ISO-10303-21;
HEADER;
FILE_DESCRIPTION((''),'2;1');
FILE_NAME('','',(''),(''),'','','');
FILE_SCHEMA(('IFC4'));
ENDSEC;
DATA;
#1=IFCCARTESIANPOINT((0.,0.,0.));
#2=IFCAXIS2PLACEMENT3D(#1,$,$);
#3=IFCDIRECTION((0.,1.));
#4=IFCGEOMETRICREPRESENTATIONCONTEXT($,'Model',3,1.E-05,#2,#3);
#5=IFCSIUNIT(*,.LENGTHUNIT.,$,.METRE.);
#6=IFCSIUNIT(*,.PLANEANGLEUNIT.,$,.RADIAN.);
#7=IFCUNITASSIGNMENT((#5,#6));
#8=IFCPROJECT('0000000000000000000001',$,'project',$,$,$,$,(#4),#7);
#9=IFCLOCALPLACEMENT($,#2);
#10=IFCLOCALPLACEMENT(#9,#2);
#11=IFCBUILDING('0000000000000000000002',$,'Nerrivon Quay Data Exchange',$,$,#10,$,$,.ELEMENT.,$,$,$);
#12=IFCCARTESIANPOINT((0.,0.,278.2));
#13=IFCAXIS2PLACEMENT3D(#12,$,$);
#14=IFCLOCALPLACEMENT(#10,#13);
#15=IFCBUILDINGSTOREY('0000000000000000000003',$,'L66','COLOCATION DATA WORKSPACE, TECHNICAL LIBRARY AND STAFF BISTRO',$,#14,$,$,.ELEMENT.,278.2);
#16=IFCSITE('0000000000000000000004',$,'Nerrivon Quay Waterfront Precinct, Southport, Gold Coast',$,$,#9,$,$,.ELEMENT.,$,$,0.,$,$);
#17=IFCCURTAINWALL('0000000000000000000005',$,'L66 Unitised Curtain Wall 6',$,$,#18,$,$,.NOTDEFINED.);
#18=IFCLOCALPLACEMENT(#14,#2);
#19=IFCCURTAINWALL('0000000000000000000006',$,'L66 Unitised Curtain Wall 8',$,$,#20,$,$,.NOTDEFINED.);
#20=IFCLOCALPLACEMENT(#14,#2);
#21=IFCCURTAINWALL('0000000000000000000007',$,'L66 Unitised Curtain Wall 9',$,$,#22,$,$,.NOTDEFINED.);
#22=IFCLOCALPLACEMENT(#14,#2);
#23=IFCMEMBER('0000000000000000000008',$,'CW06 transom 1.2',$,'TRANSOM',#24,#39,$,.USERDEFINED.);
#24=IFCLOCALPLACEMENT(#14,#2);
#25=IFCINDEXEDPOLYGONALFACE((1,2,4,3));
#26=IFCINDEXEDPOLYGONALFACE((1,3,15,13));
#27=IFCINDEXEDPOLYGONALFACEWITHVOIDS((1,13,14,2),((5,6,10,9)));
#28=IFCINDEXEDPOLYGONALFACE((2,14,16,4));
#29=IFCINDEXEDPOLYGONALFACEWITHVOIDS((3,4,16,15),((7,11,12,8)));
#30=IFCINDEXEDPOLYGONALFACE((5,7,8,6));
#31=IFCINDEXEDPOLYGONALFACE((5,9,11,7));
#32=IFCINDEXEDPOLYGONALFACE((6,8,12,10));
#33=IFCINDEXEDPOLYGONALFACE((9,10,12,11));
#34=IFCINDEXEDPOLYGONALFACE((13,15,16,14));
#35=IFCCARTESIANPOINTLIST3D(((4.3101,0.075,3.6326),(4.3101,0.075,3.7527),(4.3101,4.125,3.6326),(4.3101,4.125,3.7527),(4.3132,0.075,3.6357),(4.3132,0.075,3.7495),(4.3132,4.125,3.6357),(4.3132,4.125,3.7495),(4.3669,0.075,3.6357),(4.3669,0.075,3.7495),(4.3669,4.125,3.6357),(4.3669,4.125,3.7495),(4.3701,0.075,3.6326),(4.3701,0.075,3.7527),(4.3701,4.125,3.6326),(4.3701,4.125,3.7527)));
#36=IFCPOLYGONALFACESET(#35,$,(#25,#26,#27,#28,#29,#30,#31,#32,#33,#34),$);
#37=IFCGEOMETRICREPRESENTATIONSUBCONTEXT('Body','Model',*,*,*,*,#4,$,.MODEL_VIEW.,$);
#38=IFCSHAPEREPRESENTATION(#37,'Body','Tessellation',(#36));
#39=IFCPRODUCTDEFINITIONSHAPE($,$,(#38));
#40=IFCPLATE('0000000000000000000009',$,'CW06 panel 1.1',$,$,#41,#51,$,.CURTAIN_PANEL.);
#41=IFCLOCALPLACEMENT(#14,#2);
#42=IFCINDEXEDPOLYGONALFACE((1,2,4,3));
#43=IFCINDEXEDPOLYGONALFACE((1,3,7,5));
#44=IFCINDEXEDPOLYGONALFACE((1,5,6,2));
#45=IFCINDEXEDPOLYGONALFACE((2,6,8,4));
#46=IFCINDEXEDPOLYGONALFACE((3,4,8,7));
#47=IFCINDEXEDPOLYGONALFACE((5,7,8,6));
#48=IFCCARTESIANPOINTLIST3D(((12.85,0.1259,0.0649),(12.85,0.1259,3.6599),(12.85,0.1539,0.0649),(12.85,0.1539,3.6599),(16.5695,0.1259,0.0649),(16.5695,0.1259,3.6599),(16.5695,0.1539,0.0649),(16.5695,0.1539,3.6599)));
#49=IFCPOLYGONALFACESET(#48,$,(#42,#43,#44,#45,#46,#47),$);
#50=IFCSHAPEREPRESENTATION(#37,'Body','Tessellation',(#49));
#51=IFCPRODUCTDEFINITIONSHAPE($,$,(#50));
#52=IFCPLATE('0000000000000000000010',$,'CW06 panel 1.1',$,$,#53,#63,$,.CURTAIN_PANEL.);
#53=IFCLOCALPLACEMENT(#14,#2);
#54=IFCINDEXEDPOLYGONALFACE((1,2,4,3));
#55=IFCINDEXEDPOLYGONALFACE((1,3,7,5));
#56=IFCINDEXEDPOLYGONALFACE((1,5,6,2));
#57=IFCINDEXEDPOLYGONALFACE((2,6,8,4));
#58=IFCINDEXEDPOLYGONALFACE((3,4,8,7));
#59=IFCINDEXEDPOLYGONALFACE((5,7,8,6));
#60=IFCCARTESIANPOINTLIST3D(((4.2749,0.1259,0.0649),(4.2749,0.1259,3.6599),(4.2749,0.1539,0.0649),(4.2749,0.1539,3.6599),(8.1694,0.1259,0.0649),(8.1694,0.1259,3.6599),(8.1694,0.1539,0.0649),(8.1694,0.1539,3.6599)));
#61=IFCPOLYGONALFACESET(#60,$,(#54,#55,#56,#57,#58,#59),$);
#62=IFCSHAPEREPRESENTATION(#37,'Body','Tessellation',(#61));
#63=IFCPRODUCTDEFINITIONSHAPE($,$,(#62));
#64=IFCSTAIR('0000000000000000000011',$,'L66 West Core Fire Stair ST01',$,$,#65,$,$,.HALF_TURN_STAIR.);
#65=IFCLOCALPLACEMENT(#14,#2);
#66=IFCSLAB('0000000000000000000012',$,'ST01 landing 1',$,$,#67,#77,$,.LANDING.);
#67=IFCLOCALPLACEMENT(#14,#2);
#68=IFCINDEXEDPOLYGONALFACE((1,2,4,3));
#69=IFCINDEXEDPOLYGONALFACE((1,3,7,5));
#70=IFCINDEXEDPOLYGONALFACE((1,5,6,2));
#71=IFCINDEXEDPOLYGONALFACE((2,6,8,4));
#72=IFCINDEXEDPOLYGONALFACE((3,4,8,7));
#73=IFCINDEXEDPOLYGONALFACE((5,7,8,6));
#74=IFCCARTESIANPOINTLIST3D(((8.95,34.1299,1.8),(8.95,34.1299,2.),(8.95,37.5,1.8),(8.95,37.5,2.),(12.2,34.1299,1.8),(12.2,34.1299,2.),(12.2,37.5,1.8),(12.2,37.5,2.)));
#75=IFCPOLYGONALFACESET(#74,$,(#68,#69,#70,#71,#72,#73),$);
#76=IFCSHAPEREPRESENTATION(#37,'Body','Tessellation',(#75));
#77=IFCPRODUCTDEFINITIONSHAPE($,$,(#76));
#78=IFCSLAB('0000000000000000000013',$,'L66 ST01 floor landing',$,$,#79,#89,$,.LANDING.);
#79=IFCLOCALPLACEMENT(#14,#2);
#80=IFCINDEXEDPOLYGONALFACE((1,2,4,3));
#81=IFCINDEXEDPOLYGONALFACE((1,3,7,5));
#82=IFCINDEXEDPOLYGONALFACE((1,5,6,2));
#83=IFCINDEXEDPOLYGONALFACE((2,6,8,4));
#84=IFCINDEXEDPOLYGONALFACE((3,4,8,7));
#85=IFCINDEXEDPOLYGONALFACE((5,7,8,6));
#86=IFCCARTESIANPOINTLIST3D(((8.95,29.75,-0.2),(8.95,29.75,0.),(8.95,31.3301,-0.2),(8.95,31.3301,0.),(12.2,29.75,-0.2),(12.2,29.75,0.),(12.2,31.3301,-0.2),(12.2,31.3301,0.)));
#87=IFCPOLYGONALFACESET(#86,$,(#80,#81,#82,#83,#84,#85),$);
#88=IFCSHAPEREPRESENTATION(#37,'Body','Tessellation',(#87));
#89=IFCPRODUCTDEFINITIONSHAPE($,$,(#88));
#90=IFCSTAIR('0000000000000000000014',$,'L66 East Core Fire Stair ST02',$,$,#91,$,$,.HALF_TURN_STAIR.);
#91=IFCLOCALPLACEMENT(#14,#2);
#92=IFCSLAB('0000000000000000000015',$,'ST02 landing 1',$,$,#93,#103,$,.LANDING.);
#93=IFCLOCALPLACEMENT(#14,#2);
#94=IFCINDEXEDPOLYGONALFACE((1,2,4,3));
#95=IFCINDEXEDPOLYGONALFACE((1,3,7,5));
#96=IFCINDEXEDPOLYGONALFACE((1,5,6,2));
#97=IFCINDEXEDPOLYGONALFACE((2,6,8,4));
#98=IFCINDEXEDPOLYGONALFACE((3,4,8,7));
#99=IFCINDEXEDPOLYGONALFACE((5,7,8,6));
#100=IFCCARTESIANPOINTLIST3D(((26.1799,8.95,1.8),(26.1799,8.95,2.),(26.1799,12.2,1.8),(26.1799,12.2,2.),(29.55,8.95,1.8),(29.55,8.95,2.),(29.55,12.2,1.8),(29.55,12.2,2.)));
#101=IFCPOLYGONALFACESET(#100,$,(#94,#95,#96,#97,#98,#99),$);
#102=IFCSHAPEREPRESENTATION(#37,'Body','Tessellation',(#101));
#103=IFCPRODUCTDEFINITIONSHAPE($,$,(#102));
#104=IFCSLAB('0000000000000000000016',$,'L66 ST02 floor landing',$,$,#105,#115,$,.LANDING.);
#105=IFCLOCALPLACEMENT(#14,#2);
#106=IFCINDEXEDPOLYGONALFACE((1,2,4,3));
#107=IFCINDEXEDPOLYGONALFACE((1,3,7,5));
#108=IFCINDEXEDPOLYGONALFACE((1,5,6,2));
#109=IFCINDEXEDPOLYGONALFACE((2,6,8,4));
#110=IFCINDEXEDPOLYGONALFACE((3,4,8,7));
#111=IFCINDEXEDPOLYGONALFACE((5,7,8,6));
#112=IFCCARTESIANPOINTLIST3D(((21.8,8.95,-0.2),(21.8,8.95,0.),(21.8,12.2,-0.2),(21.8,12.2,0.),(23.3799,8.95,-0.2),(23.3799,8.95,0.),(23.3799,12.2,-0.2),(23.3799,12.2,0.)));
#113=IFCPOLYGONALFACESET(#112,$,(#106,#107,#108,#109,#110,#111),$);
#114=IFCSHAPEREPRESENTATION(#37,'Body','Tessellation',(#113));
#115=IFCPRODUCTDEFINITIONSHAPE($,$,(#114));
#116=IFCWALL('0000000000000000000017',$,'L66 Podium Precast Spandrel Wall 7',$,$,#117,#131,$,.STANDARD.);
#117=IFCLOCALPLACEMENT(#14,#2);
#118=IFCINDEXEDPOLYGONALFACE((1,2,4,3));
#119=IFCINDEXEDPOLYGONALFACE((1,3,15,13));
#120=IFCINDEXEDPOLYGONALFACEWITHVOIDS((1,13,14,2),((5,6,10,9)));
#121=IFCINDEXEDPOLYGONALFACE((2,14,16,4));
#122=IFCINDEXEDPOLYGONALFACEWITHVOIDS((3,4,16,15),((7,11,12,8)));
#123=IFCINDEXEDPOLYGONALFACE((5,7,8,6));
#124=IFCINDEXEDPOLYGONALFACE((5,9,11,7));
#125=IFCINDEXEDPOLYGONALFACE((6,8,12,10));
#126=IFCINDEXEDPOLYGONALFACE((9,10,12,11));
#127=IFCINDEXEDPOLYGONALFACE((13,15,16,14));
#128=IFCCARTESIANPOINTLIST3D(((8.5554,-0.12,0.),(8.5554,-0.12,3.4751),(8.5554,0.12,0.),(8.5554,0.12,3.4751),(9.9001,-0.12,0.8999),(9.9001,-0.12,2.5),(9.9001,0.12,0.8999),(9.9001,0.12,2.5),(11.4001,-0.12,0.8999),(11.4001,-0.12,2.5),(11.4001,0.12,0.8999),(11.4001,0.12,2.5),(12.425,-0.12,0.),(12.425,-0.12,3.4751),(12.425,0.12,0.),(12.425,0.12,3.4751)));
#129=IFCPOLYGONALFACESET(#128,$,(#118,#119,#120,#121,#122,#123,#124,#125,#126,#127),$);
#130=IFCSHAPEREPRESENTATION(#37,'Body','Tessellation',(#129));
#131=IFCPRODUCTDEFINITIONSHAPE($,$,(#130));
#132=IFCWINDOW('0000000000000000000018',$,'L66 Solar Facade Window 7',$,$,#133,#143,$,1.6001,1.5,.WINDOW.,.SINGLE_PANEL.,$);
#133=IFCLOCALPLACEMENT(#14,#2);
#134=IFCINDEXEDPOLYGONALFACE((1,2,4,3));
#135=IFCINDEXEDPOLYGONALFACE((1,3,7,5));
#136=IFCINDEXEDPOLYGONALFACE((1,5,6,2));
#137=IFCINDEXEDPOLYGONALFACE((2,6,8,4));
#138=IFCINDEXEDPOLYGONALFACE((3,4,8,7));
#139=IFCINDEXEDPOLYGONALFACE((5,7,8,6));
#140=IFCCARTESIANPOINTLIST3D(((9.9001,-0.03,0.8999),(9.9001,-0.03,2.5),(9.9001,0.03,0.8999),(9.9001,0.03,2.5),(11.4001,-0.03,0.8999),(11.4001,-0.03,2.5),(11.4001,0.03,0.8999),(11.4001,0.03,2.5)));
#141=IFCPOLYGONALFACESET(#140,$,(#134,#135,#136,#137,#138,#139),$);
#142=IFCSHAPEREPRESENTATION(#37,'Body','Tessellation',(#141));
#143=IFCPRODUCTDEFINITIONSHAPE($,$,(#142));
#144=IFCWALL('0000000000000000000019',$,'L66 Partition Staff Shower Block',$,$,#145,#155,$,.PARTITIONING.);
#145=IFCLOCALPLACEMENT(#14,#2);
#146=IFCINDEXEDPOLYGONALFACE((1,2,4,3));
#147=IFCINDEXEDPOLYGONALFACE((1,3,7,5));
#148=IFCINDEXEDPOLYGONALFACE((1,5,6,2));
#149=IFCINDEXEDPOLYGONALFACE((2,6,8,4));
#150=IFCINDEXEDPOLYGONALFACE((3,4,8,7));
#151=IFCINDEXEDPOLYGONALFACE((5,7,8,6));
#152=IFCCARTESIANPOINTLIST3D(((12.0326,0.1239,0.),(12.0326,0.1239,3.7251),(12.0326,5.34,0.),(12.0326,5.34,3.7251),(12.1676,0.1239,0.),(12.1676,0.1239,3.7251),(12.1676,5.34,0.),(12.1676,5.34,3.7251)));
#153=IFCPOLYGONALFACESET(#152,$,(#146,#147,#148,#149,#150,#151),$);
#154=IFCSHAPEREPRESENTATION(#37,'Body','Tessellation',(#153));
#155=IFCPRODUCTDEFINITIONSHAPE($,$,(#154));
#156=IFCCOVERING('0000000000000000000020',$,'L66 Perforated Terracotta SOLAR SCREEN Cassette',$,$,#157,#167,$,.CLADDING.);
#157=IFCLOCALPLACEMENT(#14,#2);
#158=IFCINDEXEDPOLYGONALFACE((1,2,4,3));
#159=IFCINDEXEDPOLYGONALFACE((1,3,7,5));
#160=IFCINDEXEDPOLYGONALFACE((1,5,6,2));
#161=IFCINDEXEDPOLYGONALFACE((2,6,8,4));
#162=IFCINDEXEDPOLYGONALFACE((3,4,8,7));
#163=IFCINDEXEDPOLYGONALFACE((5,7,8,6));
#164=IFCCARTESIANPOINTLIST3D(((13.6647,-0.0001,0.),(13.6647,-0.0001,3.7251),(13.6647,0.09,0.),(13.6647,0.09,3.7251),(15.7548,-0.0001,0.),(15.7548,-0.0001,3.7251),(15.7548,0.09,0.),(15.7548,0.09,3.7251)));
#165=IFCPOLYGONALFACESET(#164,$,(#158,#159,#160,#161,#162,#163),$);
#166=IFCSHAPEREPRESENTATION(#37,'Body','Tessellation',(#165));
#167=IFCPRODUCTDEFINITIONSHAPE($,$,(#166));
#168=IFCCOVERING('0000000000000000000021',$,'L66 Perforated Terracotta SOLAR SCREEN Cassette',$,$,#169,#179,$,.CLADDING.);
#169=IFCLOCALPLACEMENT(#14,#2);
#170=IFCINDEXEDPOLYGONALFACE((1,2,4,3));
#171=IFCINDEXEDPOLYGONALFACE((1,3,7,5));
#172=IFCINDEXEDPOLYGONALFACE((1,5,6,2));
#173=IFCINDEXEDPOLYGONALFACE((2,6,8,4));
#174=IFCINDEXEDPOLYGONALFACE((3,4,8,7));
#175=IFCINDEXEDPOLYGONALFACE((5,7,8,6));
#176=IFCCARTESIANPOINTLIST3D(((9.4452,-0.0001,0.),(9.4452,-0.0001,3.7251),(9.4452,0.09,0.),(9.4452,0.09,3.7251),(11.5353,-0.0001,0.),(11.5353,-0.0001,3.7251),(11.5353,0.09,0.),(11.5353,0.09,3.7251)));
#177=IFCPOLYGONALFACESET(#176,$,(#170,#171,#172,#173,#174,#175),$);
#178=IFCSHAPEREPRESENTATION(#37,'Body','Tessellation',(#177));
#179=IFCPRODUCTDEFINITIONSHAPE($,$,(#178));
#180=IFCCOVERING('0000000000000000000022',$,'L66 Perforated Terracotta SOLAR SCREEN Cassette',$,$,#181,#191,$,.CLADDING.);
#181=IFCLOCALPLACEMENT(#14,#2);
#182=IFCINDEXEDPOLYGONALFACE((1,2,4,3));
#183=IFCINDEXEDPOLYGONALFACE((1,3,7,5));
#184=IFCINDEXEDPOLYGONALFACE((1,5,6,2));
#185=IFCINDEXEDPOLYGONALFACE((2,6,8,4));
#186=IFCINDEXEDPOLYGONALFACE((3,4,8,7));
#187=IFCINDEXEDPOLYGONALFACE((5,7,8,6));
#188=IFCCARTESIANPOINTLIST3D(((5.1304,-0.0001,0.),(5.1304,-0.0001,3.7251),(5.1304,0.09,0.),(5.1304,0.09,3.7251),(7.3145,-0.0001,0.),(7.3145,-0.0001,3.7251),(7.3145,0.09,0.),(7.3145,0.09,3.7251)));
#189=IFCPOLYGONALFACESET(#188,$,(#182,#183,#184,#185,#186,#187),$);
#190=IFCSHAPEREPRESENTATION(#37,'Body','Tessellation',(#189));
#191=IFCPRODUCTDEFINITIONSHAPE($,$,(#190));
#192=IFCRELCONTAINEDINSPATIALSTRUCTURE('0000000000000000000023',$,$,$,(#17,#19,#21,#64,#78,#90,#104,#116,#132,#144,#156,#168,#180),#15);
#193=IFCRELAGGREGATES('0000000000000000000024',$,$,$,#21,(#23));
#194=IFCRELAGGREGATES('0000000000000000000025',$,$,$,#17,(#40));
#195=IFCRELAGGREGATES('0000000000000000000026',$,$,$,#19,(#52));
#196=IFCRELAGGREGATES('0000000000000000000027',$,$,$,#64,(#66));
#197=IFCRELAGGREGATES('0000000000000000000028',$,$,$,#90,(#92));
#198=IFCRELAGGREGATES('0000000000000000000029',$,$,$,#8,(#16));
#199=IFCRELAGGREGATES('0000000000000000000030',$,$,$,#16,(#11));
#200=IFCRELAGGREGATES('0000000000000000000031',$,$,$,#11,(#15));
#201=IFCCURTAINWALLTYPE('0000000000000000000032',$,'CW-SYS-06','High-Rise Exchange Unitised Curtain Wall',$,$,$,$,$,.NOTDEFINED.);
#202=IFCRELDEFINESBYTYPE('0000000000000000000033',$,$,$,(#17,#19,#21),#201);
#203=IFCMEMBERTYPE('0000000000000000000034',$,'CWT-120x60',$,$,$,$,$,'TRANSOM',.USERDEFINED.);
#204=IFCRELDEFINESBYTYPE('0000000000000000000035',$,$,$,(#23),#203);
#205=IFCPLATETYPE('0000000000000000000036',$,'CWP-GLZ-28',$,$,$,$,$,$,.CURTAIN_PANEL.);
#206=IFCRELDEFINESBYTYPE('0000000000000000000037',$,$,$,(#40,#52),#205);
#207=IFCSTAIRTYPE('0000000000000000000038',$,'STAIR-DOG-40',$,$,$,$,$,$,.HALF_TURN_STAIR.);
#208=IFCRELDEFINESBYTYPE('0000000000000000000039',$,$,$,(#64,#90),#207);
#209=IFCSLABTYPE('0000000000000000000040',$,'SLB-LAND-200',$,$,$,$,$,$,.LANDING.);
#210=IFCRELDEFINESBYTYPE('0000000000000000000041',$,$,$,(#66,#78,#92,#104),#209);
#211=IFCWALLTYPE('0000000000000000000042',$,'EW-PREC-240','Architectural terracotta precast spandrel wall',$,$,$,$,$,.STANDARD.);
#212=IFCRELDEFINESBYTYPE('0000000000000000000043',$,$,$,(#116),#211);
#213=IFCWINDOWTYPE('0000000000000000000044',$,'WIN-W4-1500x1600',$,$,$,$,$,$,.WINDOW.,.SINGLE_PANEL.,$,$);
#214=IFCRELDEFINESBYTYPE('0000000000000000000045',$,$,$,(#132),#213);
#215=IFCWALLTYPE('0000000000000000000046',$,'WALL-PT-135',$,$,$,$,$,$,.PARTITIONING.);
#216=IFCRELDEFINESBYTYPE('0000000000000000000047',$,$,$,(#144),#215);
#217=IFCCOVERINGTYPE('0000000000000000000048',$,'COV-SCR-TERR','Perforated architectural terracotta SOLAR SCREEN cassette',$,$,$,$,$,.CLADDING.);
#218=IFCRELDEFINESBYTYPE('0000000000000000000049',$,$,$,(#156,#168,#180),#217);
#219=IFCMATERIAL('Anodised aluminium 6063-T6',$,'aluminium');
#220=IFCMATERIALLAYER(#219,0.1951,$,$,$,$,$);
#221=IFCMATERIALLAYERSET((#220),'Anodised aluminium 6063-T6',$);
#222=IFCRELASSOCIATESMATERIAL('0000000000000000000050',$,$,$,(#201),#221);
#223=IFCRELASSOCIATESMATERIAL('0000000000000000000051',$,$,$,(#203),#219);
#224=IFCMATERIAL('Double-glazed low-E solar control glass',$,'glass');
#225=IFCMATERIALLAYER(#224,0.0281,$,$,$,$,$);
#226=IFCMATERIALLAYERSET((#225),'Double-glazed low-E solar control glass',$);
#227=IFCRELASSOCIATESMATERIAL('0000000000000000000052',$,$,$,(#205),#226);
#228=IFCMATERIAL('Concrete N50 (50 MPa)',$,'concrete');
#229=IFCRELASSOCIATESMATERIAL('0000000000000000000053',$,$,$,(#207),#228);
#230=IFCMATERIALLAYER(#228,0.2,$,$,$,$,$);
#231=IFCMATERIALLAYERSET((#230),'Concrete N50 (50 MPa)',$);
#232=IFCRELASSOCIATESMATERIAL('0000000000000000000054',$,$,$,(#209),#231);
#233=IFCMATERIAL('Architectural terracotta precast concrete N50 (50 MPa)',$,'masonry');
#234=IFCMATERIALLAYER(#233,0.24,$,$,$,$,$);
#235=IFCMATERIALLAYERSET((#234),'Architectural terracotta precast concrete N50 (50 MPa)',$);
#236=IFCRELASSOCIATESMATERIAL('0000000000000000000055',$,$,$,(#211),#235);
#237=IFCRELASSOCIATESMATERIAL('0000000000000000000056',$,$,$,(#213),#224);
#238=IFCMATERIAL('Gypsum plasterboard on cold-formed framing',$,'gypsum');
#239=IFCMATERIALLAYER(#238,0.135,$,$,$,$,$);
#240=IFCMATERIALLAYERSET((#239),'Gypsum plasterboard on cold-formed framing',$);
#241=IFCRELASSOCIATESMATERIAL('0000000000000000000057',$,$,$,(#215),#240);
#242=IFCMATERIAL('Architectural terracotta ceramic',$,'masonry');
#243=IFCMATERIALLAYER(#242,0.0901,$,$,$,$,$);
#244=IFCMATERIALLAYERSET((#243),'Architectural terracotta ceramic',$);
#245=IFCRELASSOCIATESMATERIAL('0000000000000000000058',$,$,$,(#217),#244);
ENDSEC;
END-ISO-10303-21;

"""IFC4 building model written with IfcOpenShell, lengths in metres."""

from ifc_helpers import new_model, si_unit, direction, frame, frame_2d, origin, origin_2d, place, context, subcontext, project, spatial, polyline, rectangle, hollow_rectangle, outline, extrude, material, layer, layer_set, material_profile, profile_set, type_object, element, fill, aggregate, save


model = new_model("IFC4")

# Units and contexts
model_context = context("Model", 3, precision=1e-05, world=origin(), true_north=direction((0.0, 1.0)))
body_context = subcontext(model_context, "Body", "Model", "MODEL_VIEW")
ifc_project = project(units=[si_unit("LENGTHUNIT", "METRE"), si_unit("PLANEANGLEUNIT", "RADIAN")], contexts=[model_context])

# Site, building, storey
site_placement = place(None, origin())
site = spatial("IfcSite", under=ifc_project, at=site_placement, Name="Nerrivon Quay Waterfront Precinct, Southport, Gold Coast", CompositionType="ELEMENT", RefElevation=0.0)
building_placement = place(site_placement, origin())
building = spatial("IfcBuilding", under=site, at=building_placement, Name="Nerrivon Quay Data Exchange", CompositionType="ELEMENT")
storey_placement = place(building_placement, frame((0.0, 0.0, 278.2)))
storey = spatial("IfcBuildingStorey", under=building, at=storey_placement, Name="L66", Description="COLOCATION DATA WORKSPACE, TECHNICAL LIBRARY AND STAFF BISTRO", CompositionType="ELEMENT", Elevation=278.2)

# Curtain wall
ifc_material_1 = material(Name="Anodised aluminium 6063-T6", Category="aluminium")
ifc_layer_1 = layer(ifc_material_1, 0.1951)
ifc_layer_set_1 = layer_set([ifc_layer_1], Name="Anodised aluminium 6063-T6")
curtain_wall_type = type_object("IfcCurtainWallType", Name="CW-SYS-06", Description="High-Rise Exchange Unitised Curtain Wall", PredefinedType="NOTDEFINED", material=ifc_layer_set_1)
curtain_wall_1_placement = place(storey_placement, origin())
curtain_wall_1 = element("IfcCurtainWall", 1, at=curtain_wall_1_placement, inside=storey, type_object=curtain_wall_type, Name="L66 Unitised Curtain Wall 6", PredefinedType="NOTDEFINED")

# Curtain wall
curtain_wall_2_placement = place(storey_placement, origin())
curtain_wall_2 = element("IfcCurtainWall", 2, at=curtain_wall_2_placement, inside=storey, type_object=curtain_wall_type, Name="L66 Unitised Curtain Wall 8", PredefinedType="NOTDEFINED")

# Curtain wall
curtain_wall_3_placement = place(storey_placement, origin())
curtain_wall_3 = element("IfcCurtainWall", 3, at=curtain_wall_3_placement, inside=storey, type_object=curtain_wall_type, Name="L66 Unitised Curtain Wall 9", PredefinedType="NOTDEFINED")

# Member
ifc_material_profile_1 = material_profile(ifc_material_1, hollow_rectangle(XDim=0.0601, YDim=0.1201, WallThickness=0.0032, at=origin_2d()), Name="ALU-TRAN-120x60")
ifc_profile_set_1 = profile_set([ifc_material_profile_1], Name="Anodised aluminium 6063-T6")
member_type_1 = type_object("IfcMemberType", Name="CWT-120x60", ElementType="TRANSOM", PredefinedType="USERDEFINED", material=ifc_profile_set_1)
member_1_placement = place(storey_placement, frame((4.3401, 0.075, 3.6926), z_axis=(0.0, 1.0, 0.0), x_axis=(-1.0, 0.0, 0.0)))
member_1 = element("IfcMember", 4, at=member_1_placement, type_object=member_type_1, Name="CW06 transom 1.2", ObjectType="TRANSOM", PredefinedType="USERDEFINED", context=body_context, shape_type="SweptSolid", body=[
    extrude(hollow_rectangle(XDim=0.0601, YDim=0.1201, WallThickness=0.0032, at=origin_2d()), origin(), (0.0, 0.0, 1.0), 4.05),
])
aggregate(curtain_wall_3, [member_1])

# Plates
ifc_material_2 = material(Name="Double-glazed low-E solar control glass", Category="glass")
ifc_layer_2 = layer(ifc_material_2, 0.0281)
ifc_layer_set_2 = layer_set([ifc_layer_2], Name="Double-glazed low-E solar control glass")
plate_type = type_object("IfcPlateType", Name="CWP-GLZ-28", PredefinedType="CURTAIN_PANEL", material=ifc_layer_set_2)
plate_1_placement = place(storey_placement, frame((14.7097, 0.1399, 0.0649), z_axis=(0.0, 0.0, 1.0), x_axis=(-1.0, 0.0, 0.0)))
plate_1 = element("IfcPlate", 5, at=plate_1_placement, type_object=plate_type, Name="CW06 panel 1.1", PredefinedType="CURTAIN_PANEL", context=body_context, shape_type="SweptSolid", body=[
    extrude(rectangle(XDim=3.7195, YDim=0.0281, at=origin_2d()), origin(), (0.0, 0.0, 1.0), 3.595),
])
aggregate(curtain_wall_1, [plate_1])
plate_2_placement = place(storey_placement, frame((6.2222, 0.1399, 0.0649), z_axis=(0.0, 0.0, 1.0), x_axis=(-1.0, 0.0, 0.0)))
plate_2 = element("IfcPlate", 6, at=plate_2_placement, type_object=plate_type, Name="CW06 panel 1.1", PredefinedType="CURTAIN_PANEL", context=body_context, shape_type="SweptSolid", body=[
    extrude(rectangle(XDim=3.8945, YDim=0.0281, at=origin_2d()), origin(), (0.0, 0.0, 1.0), 3.595),
])
aggregate(curtain_wall_2, [plate_2])

# Stair, slab
ifc_material_3 = material(Name="Concrete N50 (50 MPa)", Category="concrete")
stair_type = type_object("IfcStairType", Name="STAIR-DOG-40", PredefinedType="HALF_TURN_STAIR", material=ifc_material_3)
stair_1_placement = place(storey_placement, origin())
stair_1 = element("IfcStair", 7, at=stair_1_placement, inside=storey, type_object=stair_type, Name="L66 West Core Fire Stair ST01", PredefinedType="HALF_TURN_STAIR")
ifc_layer_3 = layer(ifc_material_3, 0.2)
ifc_layer_set_3 = layer_set([ifc_layer_3], Name="Concrete N50 (50 MPa)")
slab_type = type_object("IfcSlabType", Name="SLB-LAND-200", PredefinedType="LANDING", material=ifc_layer_set_3)
slab_1_placement = place(storey_placement, frame((0.0, 0.0, 1.8)))
slab_1 = element("IfcSlab", 8, at=slab_1_placement, type_object=slab_type, Name="ST01 landing 1", PredefinedType="LANDING", context=body_context, shape_type="SweptSolid", body=[
    extrude(outline(polyline([(12.2, 34.1299), (12.2, 37.5), (8.95, 37.5), (8.95, 34.1299), (12.2, 34.1299)])), origin(), (0.0, 0.0, 1.0), 0.2),
])
aggregate(stair_1, [slab_1])

# Slab
slab_2_placement = place(storey_placement, frame((0.0, 0.0, -0.2)))
element("IfcSlab", 9, at=slab_2_placement, inside=storey, type_object=slab_type, Name="L66 ST01 floor landing", PredefinedType="LANDING", context=body_context, shape_type="SweptSolid", body=[
    extrude(outline(polyline([(12.2, 29.75), (12.2, 31.3301), (8.95, 31.3301), (8.95, 29.75), (12.2, 29.75)])), origin(), (0.0, 0.0, 1.0), 0.2),
])

# Stair, slab
stair_2_placement = place(storey_placement, origin())
stair_2 = element("IfcStair", 10, at=stair_2_placement, inside=storey, type_object=stair_type, Name="L66 East Core Fire Stair ST02", PredefinedType="HALF_TURN_STAIR")
slab_3_placement = place(storey_placement, frame((0.0, 0.0, 1.8)))
slab_3 = element("IfcSlab", 11, at=slab_3_placement, type_object=slab_type, Name="ST02 landing 1", PredefinedType="LANDING", context=body_context, shape_type="SweptSolid", body=[
    extrude(outline(polyline([(26.1799, 8.95), (29.55, 8.95), (29.55, 12.2), (26.1799, 12.2), (26.1799, 8.95)])), origin(), (0.0, 0.0, 1.0), 0.2),
])
aggregate(stair_2, [slab_3])

# Slab
slab_4_placement = place(storey_placement, frame((0.0, 0.0, -0.2)))
element("IfcSlab", 12, at=slab_4_placement, inside=storey, type_object=slab_type, Name="L66 ST02 floor landing", PredefinedType="LANDING", context=body_context, shape_type="SweptSolid", body=[
    extrude(outline(polyline([(21.8, 8.95), (23.3799, 8.95), (23.3799, 12.2), (21.8, 12.2), (21.8, 8.95)])), origin(), (0.0, 0.0, 1.0), 0.2),
])

# Wall, opening, window
ifc_material_4 = material(Name="Architectural terracotta precast concrete N50 (50 MPa)", Category="masonry")
ifc_layer_4 = layer(ifc_material_4, 0.24)
ifc_layer_set_4 = layer_set([ifc_layer_4], Name="Architectural terracotta precast concrete N50 (50 MPa)")
wall_type_1 = type_object("IfcWallType", Name="EW-PREC-240", Description="Architectural terracotta precast spandrel wall", PredefinedType="STANDARD", material=ifc_layer_set_4)
wall_1_placement = place(storey_placement, frame((12.425, 0.0, 0.0), z_axis=(0.0, 0.0, 1.0), x_axis=(-1.0, 0.0, 0.0)))
wall_1 = element("IfcWall", 13, at=wall_1_placement, inside=storey, type_object=wall_type_1, Name="L66 Podium Precast Spandrel Wall 7", PredefinedType="STANDARD", context=body_context, shape_type="SweptSolid", body=[
    extrude(rectangle(XDim=3.8696, YDim=0.24, at=frame_2d((1.9348, 0.0))), origin(), (0.0, 0.0, 1.0), 3.4751),
])
opening_placement = place(wall_1_placement, frame((1.0249, 0.0, 0.8999)))
opening = element("IfcOpeningElement", 14, at=opening_placement, cuts=wall_1, PredefinedType="OPENING", context=body_context, shape_type="SweptSolid", body=[
    extrude(rectangle(XDim=1.5, YDim=1.6001, at=frame_2d((0.75, 0.8))), frame((0.0, 0.1299, 0.0), z_axis=(0.0, -1.0, 0.0), x_axis=(1.0, 0.0, 0.0)), (0.0, 0.0, 1.0), 0.26),
])
window_type = type_object("IfcWindowType", Name="WIN-W4-1500x1600", PartitioningType="SINGLE_PANEL", PredefinedType="WINDOW", material=ifc_material_2)
window_placement = place(opening_placement, origin())
window = element("IfcWindow", 15, at=window_placement, inside=storey, type_object=window_type, Name="L66 Solar Facade Window 7", OverallHeight=1.6001, OverallWidth=1.5, PartitioningType="SINGLE_PANEL", PredefinedType="WINDOW", context=body_context, shape_type="SweptSolid", body=[
    extrude(rectangle(XDim=1.5, YDim=1.6001, at=frame_2d((0.75, 0.8))), frame((0.0, 0.03, 0.0), z_axis=(0.0, -1.0, 0.0), x_axis=(1.0, 0.0, 0.0)), (0.0, 0.0, 1.0), 0.0601),
])
fill(opening, window)

# Wall
ifc_material_5 = material(Name="Gypsum plasterboard on cold-formed framing", Category="gypsum")
ifc_layer_5 = layer(ifc_material_5, 0.135)
ifc_layer_set_5 = layer_set([ifc_layer_5], Name="Gypsum plasterboard on cold-formed framing")
wall_type_2 = type_object("IfcWallType", Name="WALL-PT-135", PredefinedType="PARTITIONING", material=ifc_layer_set_5)
wall_2_placement = place(storey_placement, frame((12.1001, 0.124, 0.0), z_axis=(0.0, 0.0, 1.0), x_axis=(0.0, 1.0, 0.0)))
element("IfcWall", 16, at=wall_2_placement, inside=storey, type_object=wall_type_2, Name="L66 Partition Staff Shower Block", PredefinedType="PARTITIONING", context=body_context, shape_type="SweptSolid", body=[
    extrude(rectangle(XDim=5.2161, YDim=0.135, at=frame_2d((2.6079, 0.0))), origin(), (0.0, 0.0, 1.0), 3.7251),
])

# Coverings
ifc_material_6 = material(Name="Architectural terracotta ceramic", Category="masonry")
ifc_layer_6 = layer(ifc_material_6, 0.0901)
ifc_layer_set_6 = layer_set([ifc_layer_6], Name="Architectural terracotta ceramic")
covering_type = type_object("IfcCoveringType", Name="COV-SCR-TERR", Description="Perforated architectural terracotta SOLAR SCREEN cassette", PredefinedType="CLADDING", material=ifc_layer_set_6)
for number, where, z_axis, x_axis, name in (
    (17, (14.7097, 0.0449, 0.0), (0.0, 0.0, 1.0), (-1.0, 0.0, 0.0), "L66 Perforated Terracotta SOLAR SCREEN Cassette"),
    (18, (10.4902, 0.0449, 0.0), (0.0, 0.0, 1.0), (-1.0, 0.0, 0.0), "L66 Perforated Terracotta SOLAR SCREEN Cassette"),
):
    element("IfcCovering", number, at=place(storey_placement, frame(where, z_axis=z_axis, x_axis=x_axis)), inside=storey, type_object=covering_type, Name=name, PredefinedType="CLADDING", context=body_context, shape_type="SweptSolid", body=[
        extrude(rectangle(XDim=2.0901, YDim=0.0901, at=origin_2d()), origin(), (0.0, 0.0, 1.0), 3.7251),
    ])
covering_placement = place(storey_placement, frame((6.2224, 0.0449, 0.0), z_axis=(0.0, 0.0, 1.0), x_axis=(-1.0, 0.0, 0.0)))
element("IfcCovering", 19, at=covering_placement, inside=storey, type_object=covering_type, Name="L66 Perforated Terracotta SOLAR SCREEN Cassette", PredefinedType="CLADDING", context=body_context, shape_type="SweptSolid", body=[
    extrude(rectangle(XDim=2.1841, YDim=0.0901, at=origin_2d()), origin(), (0.0, 0.0, 1.0), 3.7251),
])

save(model, "model.ifc")
